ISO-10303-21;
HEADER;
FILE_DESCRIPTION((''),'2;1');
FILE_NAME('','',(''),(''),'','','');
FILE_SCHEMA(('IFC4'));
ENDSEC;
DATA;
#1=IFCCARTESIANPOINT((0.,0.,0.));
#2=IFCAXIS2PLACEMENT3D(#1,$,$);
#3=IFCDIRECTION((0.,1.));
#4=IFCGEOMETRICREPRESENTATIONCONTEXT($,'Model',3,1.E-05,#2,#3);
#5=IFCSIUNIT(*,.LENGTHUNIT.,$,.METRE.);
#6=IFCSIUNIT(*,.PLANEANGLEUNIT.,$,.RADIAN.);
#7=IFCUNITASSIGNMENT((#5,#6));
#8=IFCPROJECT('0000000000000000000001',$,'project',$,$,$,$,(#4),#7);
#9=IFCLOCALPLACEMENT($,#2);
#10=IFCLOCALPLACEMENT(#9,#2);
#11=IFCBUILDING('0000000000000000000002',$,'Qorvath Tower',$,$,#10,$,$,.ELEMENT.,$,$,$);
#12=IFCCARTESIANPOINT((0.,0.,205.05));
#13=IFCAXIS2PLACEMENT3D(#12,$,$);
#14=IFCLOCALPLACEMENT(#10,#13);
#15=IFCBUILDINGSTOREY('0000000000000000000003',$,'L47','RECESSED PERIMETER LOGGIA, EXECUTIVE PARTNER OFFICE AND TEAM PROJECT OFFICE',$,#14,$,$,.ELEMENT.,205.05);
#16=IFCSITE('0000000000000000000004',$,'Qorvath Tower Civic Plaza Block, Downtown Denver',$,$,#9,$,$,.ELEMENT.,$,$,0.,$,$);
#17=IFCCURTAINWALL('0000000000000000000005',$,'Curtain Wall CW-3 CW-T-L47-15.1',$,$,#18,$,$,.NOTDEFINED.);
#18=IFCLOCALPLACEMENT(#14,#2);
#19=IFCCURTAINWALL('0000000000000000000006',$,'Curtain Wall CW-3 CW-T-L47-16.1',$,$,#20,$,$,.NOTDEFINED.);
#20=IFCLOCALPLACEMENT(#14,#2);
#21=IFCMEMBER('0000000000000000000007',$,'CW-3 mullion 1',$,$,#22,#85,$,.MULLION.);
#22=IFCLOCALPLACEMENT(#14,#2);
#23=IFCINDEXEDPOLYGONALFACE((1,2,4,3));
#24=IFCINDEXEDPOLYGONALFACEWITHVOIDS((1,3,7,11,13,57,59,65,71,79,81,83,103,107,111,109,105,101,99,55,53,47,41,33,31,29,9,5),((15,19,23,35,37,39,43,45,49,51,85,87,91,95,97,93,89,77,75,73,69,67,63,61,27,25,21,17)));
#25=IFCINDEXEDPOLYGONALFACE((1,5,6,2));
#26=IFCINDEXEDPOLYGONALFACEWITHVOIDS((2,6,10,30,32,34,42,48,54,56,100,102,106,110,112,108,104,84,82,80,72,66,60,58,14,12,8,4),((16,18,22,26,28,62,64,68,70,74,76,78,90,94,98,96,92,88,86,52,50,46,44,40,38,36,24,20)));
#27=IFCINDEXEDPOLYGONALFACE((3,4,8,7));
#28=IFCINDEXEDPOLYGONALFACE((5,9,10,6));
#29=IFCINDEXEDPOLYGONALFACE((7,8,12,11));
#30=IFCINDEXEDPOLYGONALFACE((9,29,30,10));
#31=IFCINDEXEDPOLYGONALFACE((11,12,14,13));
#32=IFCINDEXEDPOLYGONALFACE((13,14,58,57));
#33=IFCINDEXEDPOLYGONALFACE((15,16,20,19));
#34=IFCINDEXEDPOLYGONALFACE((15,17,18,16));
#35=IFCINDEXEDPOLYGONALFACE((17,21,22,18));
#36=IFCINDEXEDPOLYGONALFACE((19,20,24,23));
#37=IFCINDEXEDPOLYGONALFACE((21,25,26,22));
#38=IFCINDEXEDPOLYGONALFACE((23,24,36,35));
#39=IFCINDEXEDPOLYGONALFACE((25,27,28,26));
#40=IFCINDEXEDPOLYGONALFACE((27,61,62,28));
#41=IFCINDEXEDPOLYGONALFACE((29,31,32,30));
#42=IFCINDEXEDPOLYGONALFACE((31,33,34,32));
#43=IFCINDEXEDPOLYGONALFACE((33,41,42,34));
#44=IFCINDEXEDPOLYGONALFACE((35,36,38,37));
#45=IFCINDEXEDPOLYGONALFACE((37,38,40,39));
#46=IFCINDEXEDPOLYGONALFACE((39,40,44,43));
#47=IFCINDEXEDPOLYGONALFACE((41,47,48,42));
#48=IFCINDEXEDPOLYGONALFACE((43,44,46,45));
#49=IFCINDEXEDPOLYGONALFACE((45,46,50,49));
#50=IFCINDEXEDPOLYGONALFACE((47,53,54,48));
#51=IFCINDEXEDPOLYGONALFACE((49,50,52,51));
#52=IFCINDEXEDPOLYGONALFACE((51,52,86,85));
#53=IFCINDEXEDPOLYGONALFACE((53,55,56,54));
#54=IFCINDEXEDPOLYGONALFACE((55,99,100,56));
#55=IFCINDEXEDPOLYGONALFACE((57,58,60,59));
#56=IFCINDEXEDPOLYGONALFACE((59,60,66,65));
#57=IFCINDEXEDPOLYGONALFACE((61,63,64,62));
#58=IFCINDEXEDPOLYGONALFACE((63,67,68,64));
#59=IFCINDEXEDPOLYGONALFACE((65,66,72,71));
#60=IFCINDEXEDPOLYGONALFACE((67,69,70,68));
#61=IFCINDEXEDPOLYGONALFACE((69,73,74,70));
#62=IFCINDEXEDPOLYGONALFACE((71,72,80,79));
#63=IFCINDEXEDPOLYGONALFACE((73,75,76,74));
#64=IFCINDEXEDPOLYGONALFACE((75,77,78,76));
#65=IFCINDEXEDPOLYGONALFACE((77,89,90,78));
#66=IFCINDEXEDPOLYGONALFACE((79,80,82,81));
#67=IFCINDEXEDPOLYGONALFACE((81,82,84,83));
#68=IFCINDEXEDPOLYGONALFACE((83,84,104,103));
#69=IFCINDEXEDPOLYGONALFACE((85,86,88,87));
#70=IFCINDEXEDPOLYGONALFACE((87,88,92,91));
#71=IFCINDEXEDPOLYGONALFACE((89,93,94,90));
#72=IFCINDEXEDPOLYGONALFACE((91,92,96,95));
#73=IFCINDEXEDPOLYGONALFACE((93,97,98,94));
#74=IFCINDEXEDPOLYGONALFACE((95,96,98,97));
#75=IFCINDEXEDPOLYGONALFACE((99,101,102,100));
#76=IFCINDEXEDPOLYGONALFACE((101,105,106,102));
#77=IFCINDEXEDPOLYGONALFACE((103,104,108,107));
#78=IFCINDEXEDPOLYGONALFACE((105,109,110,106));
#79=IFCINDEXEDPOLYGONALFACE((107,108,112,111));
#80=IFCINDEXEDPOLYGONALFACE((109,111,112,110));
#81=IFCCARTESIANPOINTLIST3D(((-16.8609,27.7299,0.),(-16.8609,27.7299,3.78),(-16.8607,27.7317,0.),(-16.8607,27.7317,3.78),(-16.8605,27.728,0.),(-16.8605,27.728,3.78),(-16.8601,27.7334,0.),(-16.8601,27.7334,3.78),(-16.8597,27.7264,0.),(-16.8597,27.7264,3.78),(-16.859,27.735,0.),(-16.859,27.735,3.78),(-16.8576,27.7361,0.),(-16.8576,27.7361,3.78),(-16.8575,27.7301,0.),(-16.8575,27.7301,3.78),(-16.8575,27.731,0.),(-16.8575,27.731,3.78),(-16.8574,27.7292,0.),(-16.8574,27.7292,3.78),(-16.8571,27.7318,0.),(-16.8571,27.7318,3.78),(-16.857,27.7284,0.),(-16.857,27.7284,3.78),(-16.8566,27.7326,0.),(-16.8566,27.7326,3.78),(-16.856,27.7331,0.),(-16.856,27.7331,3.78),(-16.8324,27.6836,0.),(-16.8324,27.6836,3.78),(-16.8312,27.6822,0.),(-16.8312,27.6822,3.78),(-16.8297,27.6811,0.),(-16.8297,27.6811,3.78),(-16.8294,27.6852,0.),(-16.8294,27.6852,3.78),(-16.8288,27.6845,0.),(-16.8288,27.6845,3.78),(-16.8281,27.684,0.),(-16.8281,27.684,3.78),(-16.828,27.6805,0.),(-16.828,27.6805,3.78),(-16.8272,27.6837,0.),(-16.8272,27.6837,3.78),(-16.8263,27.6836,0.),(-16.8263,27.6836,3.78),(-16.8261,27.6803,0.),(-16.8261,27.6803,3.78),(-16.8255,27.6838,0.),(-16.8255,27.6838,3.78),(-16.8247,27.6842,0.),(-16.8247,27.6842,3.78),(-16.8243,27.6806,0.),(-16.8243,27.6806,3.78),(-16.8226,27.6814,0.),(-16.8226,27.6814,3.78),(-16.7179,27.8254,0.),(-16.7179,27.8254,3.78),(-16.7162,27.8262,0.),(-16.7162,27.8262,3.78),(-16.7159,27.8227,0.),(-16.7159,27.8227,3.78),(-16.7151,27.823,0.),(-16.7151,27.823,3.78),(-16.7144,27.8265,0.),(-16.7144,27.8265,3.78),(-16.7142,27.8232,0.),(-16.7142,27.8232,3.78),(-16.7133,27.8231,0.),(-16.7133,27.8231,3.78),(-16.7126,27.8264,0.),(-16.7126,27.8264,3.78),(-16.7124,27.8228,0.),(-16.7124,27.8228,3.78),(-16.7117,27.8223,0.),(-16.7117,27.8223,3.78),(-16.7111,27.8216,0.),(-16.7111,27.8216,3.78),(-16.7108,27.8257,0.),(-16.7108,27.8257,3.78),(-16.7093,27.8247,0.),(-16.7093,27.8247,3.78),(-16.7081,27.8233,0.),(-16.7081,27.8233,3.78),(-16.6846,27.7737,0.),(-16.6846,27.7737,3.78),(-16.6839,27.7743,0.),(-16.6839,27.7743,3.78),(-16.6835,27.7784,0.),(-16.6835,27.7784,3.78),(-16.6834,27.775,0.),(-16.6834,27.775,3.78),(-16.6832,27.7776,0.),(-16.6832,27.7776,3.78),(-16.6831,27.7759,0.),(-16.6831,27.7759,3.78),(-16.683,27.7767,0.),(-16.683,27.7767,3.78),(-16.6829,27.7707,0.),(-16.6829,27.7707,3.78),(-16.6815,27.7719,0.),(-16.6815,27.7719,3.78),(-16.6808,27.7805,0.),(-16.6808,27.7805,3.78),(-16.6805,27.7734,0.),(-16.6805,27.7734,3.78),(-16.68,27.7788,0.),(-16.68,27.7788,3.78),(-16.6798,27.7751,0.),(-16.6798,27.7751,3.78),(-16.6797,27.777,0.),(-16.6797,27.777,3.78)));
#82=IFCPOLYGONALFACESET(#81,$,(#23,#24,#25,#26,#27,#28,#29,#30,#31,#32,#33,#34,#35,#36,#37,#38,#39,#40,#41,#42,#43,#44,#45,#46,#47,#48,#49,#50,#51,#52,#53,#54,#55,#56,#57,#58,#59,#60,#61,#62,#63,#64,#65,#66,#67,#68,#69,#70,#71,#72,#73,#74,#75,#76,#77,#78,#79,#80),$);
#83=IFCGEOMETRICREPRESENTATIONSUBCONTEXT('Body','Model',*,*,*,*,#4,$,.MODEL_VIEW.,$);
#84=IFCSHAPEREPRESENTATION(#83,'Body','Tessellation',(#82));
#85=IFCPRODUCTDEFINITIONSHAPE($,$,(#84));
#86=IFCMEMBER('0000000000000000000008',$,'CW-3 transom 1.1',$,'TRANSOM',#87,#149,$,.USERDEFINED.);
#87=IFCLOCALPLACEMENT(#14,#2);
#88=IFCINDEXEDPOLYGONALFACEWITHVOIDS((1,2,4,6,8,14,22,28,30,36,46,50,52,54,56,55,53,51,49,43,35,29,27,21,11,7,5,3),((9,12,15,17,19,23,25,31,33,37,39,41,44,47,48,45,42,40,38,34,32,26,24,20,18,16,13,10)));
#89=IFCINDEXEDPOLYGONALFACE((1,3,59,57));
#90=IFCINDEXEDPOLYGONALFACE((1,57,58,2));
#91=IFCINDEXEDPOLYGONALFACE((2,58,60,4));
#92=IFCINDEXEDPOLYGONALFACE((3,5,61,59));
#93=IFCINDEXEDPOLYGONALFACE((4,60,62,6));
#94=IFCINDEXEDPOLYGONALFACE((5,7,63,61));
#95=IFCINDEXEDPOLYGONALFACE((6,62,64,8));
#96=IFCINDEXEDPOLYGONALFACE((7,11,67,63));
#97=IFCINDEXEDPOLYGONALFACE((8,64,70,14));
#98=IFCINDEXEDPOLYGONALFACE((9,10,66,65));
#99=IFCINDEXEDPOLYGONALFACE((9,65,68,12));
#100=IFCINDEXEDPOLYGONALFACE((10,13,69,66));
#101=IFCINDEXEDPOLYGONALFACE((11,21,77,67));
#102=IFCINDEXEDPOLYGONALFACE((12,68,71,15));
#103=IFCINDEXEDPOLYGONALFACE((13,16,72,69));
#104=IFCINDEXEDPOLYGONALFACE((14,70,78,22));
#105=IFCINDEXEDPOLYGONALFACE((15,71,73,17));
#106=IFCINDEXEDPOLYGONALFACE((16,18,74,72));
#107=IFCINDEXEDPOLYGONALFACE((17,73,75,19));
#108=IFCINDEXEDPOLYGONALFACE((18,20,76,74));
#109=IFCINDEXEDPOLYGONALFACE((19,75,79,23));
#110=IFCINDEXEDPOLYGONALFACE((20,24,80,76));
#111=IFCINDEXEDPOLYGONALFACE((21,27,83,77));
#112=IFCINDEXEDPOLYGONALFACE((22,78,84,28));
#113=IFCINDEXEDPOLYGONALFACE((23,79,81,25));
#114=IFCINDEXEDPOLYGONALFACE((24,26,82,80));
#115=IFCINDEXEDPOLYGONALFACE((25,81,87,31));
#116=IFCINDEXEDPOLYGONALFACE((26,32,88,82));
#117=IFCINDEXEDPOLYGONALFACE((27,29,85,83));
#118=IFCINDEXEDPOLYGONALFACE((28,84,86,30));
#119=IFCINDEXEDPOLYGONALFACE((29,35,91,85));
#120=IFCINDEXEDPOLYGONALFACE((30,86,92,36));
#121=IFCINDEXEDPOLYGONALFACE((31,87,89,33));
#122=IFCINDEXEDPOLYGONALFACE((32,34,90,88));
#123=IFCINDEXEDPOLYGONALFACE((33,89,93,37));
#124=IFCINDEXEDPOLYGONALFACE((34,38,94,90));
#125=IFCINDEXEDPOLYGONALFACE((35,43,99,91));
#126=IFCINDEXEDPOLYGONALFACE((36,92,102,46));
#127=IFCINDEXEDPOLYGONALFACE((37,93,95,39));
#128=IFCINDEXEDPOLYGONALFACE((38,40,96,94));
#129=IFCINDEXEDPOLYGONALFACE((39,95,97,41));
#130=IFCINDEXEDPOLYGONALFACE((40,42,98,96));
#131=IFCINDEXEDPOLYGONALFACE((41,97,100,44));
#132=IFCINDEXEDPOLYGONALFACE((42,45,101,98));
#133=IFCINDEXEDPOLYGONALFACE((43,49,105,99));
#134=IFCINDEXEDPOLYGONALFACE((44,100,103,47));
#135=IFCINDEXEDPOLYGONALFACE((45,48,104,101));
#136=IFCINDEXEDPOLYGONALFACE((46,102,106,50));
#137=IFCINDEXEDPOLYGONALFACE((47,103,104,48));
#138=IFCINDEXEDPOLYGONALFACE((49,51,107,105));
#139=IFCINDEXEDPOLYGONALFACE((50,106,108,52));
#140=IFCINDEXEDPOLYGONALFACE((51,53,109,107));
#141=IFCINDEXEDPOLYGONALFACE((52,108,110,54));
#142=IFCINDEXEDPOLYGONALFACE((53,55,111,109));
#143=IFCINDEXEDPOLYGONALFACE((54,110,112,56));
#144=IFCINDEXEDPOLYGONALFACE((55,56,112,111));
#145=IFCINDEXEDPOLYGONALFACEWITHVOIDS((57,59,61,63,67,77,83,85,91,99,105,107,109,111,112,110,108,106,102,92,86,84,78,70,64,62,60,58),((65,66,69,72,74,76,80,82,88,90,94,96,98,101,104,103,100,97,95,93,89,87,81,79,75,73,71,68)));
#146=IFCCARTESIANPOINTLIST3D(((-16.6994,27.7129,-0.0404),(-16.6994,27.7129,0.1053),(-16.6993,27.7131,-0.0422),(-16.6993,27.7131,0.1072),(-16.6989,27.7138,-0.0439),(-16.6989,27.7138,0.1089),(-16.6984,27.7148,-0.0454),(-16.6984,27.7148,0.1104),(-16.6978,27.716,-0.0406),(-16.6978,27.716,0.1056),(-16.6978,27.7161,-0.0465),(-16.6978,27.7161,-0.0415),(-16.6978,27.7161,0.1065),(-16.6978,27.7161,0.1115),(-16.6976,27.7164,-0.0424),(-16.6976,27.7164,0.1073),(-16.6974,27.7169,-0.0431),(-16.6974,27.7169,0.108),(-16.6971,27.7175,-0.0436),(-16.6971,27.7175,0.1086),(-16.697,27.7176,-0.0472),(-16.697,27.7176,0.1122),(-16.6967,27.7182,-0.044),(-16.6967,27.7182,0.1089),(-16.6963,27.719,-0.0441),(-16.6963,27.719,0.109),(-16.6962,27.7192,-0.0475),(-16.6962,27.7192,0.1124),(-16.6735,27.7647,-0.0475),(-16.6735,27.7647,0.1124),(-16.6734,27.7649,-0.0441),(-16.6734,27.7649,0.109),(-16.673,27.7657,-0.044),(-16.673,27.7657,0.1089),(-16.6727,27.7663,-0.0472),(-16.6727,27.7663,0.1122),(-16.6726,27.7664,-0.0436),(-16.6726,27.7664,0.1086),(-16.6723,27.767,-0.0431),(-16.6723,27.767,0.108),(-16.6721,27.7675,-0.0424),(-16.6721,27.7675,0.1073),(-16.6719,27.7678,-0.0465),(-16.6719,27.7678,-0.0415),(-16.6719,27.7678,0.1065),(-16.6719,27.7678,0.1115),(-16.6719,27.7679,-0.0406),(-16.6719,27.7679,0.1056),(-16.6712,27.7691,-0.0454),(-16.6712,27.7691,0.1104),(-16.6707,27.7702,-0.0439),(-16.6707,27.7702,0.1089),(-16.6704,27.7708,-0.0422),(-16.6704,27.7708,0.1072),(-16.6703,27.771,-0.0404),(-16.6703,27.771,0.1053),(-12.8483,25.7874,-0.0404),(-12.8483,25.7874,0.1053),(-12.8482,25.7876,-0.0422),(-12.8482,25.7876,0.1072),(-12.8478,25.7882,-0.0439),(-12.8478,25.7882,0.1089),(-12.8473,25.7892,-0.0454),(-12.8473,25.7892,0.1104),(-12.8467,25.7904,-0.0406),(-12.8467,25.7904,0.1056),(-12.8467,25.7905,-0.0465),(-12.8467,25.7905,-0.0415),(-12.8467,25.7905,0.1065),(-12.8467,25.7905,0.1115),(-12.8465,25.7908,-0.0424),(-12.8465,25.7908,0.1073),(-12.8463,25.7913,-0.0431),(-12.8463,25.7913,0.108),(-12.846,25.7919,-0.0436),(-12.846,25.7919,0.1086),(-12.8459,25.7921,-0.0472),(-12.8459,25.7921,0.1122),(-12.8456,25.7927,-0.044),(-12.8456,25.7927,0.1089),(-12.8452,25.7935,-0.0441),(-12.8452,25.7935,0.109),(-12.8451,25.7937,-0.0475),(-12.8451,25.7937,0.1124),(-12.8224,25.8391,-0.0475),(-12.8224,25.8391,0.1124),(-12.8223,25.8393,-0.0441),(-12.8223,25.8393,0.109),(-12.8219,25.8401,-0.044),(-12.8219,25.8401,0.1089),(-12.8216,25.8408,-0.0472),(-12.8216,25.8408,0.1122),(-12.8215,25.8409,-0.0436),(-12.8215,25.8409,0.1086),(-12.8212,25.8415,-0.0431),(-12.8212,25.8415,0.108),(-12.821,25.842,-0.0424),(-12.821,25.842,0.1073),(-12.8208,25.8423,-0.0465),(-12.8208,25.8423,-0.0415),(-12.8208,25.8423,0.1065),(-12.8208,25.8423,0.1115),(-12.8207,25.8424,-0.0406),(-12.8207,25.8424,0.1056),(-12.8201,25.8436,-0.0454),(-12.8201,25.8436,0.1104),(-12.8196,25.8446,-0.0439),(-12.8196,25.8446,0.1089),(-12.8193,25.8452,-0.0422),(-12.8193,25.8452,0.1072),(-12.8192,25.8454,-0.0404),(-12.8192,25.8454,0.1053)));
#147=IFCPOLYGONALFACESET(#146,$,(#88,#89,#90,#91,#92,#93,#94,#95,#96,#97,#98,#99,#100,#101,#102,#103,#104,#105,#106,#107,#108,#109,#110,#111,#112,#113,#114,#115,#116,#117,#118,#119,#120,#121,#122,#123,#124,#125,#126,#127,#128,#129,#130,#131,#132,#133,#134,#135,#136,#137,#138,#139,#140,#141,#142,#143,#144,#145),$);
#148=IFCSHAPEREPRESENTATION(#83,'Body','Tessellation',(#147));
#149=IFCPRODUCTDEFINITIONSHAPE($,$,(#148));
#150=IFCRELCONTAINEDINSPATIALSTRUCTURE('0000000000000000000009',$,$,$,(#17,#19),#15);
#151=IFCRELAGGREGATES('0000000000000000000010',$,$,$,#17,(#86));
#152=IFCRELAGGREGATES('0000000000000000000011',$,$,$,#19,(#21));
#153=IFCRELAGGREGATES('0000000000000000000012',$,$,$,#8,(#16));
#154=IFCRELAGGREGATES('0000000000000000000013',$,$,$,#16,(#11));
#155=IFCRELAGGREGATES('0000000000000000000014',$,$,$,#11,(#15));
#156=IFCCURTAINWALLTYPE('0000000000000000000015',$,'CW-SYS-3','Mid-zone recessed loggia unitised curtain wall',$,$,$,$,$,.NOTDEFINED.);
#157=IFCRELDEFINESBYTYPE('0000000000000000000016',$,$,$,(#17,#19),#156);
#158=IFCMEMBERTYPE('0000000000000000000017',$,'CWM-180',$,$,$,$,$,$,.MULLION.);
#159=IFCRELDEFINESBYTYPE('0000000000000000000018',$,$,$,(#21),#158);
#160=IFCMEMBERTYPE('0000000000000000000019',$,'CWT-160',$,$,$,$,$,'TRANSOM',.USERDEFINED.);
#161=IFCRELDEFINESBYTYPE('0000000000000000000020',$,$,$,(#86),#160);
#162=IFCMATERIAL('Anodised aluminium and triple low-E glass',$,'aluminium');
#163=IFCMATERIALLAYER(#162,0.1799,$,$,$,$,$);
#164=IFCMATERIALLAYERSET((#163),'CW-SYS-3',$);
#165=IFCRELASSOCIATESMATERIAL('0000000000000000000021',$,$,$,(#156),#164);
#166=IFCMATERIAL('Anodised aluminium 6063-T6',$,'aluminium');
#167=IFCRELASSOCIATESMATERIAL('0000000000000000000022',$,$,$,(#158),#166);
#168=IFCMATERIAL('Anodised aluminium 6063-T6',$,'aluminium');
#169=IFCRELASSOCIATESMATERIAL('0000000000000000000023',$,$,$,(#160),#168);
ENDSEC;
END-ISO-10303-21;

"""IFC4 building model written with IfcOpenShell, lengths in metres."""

from ifc_helpers import new_model, si_unit, direction, frame, origin, origin_2d, place, context, subcontext, project, spatial, hollow_rectangle, extrude, material, layer, layer_set, material_profile, profile_set, type_object, element, aggregate, save


model = new_model("IFC4")

# Units and contexts
model_context = context("Model", 3, precision=1e-05, world=origin(), true_north=direction((0.0, 1.0)))
body_context = subcontext(model_context, "Body", "Model", "MODEL_VIEW")
ifc_project = project(units=[si_unit("LENGTHUNIT", "METRE"), si_unit("PLANEANGLEUNIT", "RADIAN")], contexts=[model_context])

# Site, building, storey
site_placement = place(None, origin())
site = spatial("IfcSite", under=ifc_project, at=site_placement, Name="Qorvath Tower Civic Plaza Block, Downtown Denver", CompositionType="ELEMENT", RefElevation=0.0)
building_placement = place(site_placement, origin())
building = spatial("IfcBuilding", under=site, at=building_placement, Name="Qorvath Tower", CompositionType="ELEMENT")
storey_placement = place(building_placement, frame((0.0, 0.0, 205.05)))
storey = spatial("IfcBuildingStorey", under=building, at=storey_placement, Name="L47", Description="RECESSED PERIMETER LOGGIA, EXECUTIVE PARTNER OFFICE AND TEAM PROJECT OFFICE", CompositionType="ELEMENT", Elevation=205.05)

# Curtain walls, member
ifc_material_1 = material(Name="Anodised aluminium and triple low-E glass", Category="aluminium")
ifc_layer_1 = layer(ifc_material_1, 0.1799)
ifc_layer_set_1 = layer_set([ifc_layer_1], Name="CW-SYS-3")
curtain_wall_type = type_object("IfcCurtainWallType", Name="CW-SYS-3", Description="Mid-zone recessed loggia unitised curtain wall", PredefinedType="NOTDEFINED", material=ifc_layer_set_1)
curtain_wall_1_placement = place(storey_placement, origin())
curtain_wall_1 = element("IfcCurtainWall", 1, at=curtain_wall_1_placement, inside=storey, type_object=curtain_wall_type, Name="Curtain Wall CW-3 CW-T-L47-15.1", PredefinedType="NOTDEFINED")
ifc_material_2 = material(Name="Anodised aluminium 6063-T6", Category="aluminium")
ifc_material_profile_1 = material_profile(ifc_material_2, hollow_rectangle(XDim=0.0649, YDim=0.1799, WallThickness=0.0034, InnerFilletRadius=0.0034, OuterFilletRadius=0.0071, at=origin_2d()), Name="CWM 180x65")
ifc_profile_set_1 = profile_set([ifc_material_profile_1], Name="Anodised aluminium 6063-T6")
member_type_1 = type_object("IfcMemberType", Name="CWM-180", PredefinedType="MULLION", material=ifc_profile_set_1)
curtain_wall_2_placement = place(storey_placement, origin())
curtain_wall_2 = element("IfcCurtainWall", 2, at=curtain_wall_2_placement, inside=storey, type_object=curtain_wall_type, Name="Curtain Wall CW-3 CW-T-L47-16.1", PredefinedType="NOTDEFINED")
member_1_placement = place(storey_placement, frame((-16.7703, 27.7534, 0.0), z_axis=(0.0, 0.0, 1.0), x_axis=(0.538534, -0.842604, 0.0)))
member_1 = element("IfcMember", 3, at=member_1_placement, type_object=member_type_1, Name="CW-3 mullion 1", PredefinedType="MULLION", context=body_context, shape_type="SweptSolid", body=[
    extrude(hollow_rectangle(XDim=0.0649, YDim=0.1799, WallThickness=0.0034, InnerFilletRadius=0.0034, OuterFilletRadius=0.0071, at=origin_2d()), origin(), (0.0, 0.0, 1.0), 3.78),
])

# Member
ifc_material_3 = material(Name="Anodised aluminium 6063-T6", Category="aluminium")
ifc_material_profile_2 = material_profile(ifc_material_3, hollow_rectangle(XDim=0.0649, YDim=0.1599, WallThickness=0.0034, InnerFilletRadius=0.0034, OuterFilletRadius=0.0071, at=origin_2d()), Name="CWT 160x65")
ifc_profile_set_2 = profile_set([ifc_material_profile_2], Name="Anodised aluminium 6063-T6")
member_type_2 = type_object("IfcMemberType", Name="CWT-160", ElementType="TRANSOM", PredefinedType="USERDEFINED", material=ifc_profile_set_2)
member_2_placement = place(storey_placement, frame((-12.8337, 25.8164, 0.0325), z_axis=(-0.894427, 0.447214, 0.0), x_axis=(-0.447214, -0.894427, 0.0)))
member_2 = element("IfcMember", 4, at=member_2_placement, type_object=member_type_2, Name="CW-3 transom 1.1", ObjectType="TRANSOM", PredefinedType="USERDEFINED", context=body_context, shape_type="SweptSolid", body=[
    extrude(hollow_rectangle(XDim=0.0649, YDim=0.1599, WallThickness=0.0034, InnerFilletRadius=0.0034, OuterFilletRadius=0.0071, at=origin_2d()), origin(), (0.0, 0.0, 1.0), 4.3057),
])

aggregate(curtain_wall_1, [member_2])
aggregate(curtain_wall_2, [member_1])

save(model, "model.ifc")
